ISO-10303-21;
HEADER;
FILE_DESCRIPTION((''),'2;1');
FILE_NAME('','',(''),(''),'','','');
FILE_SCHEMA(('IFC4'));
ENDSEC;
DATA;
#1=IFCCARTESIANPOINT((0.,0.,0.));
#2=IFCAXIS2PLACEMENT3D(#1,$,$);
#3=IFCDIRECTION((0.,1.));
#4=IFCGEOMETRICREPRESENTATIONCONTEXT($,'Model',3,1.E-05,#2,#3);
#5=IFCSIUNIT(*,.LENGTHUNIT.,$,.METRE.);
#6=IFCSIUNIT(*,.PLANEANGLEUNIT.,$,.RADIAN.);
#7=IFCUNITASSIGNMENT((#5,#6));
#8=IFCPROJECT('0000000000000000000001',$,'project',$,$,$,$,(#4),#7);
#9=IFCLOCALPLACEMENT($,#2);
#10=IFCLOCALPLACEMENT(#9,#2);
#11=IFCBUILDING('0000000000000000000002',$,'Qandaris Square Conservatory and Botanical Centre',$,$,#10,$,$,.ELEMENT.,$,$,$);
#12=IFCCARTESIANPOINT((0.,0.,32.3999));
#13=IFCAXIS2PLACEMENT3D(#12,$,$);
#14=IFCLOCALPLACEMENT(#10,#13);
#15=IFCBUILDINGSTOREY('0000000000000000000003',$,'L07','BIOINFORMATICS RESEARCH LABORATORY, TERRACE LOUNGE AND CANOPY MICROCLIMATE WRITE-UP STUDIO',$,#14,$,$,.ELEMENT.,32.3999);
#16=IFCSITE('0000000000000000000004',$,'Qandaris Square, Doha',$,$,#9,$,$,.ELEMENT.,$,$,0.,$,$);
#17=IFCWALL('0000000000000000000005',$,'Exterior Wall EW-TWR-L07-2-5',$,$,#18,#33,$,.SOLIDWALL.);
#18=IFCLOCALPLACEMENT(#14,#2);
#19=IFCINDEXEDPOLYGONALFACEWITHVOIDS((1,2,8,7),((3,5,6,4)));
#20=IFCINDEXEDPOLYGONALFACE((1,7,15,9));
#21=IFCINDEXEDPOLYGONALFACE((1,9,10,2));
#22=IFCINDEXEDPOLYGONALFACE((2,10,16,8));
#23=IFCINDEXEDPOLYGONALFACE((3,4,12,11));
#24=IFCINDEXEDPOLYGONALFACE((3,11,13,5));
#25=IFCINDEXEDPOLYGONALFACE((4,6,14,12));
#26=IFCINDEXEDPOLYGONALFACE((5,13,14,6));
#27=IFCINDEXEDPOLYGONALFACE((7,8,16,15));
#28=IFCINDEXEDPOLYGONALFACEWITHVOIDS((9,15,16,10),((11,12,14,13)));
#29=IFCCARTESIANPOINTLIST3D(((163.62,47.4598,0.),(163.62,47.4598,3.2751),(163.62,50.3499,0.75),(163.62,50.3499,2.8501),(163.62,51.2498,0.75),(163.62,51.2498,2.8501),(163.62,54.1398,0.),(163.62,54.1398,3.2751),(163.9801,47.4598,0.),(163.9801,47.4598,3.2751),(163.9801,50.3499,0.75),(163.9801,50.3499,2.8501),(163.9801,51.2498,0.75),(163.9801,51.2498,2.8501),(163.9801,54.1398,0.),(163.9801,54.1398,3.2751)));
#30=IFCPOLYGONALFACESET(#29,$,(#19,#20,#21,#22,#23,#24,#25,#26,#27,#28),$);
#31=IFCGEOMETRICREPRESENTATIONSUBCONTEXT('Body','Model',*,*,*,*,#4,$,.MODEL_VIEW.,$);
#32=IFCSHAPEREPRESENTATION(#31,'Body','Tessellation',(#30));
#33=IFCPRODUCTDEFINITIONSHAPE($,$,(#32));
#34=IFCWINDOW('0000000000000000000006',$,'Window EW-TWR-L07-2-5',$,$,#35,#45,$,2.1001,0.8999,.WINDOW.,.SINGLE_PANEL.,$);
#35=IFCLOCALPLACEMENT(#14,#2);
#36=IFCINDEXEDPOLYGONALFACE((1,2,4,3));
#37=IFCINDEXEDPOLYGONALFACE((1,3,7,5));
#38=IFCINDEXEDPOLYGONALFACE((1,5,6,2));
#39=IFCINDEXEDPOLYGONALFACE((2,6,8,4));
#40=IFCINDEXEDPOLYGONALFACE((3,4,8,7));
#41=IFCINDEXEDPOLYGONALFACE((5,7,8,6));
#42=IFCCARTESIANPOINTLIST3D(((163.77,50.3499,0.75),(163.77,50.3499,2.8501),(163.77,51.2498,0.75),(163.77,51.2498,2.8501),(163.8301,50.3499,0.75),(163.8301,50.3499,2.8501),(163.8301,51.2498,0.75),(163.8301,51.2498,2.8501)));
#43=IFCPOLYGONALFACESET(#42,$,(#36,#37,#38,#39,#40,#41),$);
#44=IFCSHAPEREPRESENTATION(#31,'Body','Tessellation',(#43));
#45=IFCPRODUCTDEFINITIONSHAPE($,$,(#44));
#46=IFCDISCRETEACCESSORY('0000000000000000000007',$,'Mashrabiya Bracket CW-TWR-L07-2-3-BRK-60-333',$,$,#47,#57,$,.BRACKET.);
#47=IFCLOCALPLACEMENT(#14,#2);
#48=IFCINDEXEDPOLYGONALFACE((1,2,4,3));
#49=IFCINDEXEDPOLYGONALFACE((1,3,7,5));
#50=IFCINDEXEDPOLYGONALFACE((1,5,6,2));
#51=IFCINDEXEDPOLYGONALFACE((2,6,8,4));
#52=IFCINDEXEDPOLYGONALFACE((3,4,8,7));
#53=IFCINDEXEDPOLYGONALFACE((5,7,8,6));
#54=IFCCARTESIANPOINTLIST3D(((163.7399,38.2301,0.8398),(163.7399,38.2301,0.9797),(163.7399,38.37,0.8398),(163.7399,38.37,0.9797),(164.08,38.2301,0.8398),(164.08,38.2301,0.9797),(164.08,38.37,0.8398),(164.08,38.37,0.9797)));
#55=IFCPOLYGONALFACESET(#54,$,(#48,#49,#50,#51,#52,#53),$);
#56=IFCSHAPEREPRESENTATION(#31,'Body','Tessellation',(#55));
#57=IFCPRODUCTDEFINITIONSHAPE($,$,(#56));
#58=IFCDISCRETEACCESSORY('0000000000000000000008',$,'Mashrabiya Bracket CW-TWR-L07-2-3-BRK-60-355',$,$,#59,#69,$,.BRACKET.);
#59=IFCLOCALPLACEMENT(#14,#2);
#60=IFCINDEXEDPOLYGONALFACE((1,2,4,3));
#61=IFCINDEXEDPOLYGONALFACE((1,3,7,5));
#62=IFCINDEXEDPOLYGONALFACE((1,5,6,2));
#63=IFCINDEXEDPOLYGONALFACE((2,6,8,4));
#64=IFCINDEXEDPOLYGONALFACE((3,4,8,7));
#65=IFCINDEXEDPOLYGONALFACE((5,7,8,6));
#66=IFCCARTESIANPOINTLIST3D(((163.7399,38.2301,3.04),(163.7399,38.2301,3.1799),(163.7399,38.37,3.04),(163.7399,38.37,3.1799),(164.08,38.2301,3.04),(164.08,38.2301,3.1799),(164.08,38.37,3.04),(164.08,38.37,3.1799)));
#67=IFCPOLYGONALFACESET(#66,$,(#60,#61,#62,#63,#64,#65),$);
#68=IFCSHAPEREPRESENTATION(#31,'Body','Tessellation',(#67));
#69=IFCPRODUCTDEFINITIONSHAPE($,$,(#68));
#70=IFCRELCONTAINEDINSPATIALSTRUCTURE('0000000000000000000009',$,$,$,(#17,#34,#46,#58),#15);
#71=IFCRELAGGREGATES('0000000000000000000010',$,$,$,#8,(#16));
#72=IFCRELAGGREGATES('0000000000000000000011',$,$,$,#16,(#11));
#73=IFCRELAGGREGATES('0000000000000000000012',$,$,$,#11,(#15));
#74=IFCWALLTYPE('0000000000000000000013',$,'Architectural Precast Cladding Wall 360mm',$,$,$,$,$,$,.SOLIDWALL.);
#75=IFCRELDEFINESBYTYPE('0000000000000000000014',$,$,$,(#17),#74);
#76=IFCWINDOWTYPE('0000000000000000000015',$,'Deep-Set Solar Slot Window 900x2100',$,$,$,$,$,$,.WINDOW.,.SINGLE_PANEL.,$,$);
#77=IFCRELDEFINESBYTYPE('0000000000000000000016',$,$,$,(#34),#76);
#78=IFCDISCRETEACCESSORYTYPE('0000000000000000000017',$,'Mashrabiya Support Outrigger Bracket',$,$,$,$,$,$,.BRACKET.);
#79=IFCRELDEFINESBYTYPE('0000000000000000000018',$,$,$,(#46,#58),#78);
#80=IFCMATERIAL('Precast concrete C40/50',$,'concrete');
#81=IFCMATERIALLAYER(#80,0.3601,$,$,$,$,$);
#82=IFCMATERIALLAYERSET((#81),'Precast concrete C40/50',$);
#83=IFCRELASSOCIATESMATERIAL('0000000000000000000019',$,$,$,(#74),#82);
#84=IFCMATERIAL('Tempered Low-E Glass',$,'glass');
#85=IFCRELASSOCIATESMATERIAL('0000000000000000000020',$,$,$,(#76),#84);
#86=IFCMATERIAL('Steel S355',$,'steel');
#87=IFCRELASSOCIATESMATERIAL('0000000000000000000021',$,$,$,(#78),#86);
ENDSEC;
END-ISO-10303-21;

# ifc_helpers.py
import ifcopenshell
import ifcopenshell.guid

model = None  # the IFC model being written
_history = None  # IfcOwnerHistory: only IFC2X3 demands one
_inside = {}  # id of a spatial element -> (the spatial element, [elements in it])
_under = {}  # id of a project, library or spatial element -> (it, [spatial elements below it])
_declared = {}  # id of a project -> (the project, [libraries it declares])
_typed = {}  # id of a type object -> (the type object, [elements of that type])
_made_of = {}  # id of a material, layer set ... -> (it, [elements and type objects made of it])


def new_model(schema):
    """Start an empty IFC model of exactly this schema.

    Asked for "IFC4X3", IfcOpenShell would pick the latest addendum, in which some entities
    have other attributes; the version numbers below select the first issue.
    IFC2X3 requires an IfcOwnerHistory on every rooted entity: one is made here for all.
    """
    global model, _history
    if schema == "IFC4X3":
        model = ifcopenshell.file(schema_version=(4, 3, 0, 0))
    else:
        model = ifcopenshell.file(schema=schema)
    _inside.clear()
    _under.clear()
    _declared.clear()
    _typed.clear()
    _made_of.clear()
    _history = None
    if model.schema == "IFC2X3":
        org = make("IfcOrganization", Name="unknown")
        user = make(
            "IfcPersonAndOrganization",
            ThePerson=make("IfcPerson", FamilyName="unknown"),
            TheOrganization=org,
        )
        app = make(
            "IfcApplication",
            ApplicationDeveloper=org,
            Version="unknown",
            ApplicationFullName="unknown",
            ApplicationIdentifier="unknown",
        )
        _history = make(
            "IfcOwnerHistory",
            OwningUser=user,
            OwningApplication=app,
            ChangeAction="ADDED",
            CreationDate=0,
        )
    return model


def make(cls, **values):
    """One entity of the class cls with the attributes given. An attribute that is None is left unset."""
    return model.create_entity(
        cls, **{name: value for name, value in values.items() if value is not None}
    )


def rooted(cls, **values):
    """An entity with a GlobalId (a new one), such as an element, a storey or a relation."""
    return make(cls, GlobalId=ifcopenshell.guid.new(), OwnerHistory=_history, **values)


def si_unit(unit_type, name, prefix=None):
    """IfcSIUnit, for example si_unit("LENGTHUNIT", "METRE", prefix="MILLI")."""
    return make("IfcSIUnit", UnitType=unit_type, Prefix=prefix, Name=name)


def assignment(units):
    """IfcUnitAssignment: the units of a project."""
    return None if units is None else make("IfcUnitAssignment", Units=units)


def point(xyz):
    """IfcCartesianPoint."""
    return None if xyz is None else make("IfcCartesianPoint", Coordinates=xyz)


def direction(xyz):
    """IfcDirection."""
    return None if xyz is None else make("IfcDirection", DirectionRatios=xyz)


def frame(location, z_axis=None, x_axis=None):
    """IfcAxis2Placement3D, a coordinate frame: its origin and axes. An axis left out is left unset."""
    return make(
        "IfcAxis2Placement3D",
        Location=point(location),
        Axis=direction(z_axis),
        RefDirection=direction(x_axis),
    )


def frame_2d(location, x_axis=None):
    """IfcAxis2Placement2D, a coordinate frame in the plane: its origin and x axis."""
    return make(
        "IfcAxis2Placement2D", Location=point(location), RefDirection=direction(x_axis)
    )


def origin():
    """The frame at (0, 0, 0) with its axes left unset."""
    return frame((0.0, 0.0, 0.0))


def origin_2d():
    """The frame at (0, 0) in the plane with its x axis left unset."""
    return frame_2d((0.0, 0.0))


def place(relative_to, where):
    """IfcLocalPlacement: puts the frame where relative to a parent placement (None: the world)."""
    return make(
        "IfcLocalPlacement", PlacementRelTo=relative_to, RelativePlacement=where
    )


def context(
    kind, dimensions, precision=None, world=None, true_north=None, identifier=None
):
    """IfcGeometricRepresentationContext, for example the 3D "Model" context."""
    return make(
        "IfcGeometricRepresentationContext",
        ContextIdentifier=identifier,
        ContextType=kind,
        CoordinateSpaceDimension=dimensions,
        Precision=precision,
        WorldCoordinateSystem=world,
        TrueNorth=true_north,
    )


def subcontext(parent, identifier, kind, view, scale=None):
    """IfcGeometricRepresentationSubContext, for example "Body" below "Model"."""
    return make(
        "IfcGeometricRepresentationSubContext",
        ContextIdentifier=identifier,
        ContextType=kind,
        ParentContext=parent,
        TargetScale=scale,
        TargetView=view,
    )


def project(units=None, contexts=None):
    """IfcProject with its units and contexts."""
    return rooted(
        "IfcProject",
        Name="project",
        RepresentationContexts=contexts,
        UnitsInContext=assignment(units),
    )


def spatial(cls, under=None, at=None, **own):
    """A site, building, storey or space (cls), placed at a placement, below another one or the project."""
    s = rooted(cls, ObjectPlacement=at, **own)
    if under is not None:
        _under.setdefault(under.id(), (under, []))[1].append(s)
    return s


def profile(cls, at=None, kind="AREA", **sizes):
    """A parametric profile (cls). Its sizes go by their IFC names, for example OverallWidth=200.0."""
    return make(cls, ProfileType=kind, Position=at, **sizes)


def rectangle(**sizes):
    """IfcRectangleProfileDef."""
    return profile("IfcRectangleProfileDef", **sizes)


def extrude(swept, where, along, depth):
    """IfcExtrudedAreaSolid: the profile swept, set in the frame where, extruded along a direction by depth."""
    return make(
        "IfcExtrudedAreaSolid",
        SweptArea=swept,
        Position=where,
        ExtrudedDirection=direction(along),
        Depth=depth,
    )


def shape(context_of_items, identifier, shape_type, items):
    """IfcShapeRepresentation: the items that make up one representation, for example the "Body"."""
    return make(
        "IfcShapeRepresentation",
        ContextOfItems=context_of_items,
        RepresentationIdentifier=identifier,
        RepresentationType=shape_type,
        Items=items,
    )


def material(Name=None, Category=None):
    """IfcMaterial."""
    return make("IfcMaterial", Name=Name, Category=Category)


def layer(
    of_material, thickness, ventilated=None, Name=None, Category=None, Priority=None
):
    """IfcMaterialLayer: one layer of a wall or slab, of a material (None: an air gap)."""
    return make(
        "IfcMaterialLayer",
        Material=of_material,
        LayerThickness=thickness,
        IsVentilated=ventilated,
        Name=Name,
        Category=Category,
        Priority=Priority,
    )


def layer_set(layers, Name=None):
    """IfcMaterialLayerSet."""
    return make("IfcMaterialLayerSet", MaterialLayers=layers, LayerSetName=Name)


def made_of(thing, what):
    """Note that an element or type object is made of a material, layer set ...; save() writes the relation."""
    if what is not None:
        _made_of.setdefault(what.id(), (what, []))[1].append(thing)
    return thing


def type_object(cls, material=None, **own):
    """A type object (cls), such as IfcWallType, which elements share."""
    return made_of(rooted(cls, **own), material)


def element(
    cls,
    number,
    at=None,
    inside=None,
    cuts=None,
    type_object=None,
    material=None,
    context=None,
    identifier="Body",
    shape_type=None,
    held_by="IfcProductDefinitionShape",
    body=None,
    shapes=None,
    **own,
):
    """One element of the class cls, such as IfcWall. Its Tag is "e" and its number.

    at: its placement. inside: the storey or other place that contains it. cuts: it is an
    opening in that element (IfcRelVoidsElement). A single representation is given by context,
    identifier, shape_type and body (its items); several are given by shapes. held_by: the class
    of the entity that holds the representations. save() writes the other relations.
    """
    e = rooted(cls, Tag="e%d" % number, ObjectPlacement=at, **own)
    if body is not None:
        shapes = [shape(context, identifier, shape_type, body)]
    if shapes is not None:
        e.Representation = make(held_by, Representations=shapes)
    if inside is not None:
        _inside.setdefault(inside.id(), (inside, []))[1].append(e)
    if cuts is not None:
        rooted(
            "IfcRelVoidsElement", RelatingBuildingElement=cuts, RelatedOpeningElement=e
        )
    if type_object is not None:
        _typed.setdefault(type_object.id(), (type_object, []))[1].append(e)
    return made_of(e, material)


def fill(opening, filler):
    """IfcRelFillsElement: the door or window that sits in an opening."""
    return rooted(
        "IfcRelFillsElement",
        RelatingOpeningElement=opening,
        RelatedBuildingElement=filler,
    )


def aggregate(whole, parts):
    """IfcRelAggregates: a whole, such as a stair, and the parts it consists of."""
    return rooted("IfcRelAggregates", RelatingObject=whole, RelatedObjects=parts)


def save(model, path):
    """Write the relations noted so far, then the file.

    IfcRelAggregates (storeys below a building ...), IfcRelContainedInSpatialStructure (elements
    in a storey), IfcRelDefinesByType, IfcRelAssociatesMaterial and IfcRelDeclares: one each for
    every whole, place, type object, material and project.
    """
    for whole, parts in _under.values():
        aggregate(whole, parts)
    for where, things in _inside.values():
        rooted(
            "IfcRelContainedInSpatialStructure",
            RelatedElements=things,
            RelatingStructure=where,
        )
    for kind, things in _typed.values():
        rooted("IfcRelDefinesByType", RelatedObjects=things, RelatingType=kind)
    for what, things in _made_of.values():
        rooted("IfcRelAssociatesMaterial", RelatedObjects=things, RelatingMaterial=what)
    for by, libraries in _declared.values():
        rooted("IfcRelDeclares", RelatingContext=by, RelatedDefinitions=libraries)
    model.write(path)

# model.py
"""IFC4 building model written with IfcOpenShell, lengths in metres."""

from ifc_helpers import new_model, si_unit, direction, frame, frame_2d, origin, origin_2d, place, context, subcontext, project, spatial, rectangle, extrude, material, layer, layer_set, type_object, element, fill, save


model = new_model("IFC4")

# Units and contexts
model_context = context("Model", 3, precision=1e-05, world=origin(), true_north=direction((0.0, 1.0)))
body_context = subcontext(model_context, "Body", "Model", "MODEL_VIEW")
ifc_project = project(units=[si_unit("LENGTHUNIT", "METRE"), si_unit("PLANEANGLEUNIT", "RADIAN")], contexts=[model_context])

# Site, building, storey
site_placement = place(None, origin())
site = spatial("IfcSite", under=ifc_project, at=site_placement, Name="Qandaris Square, Doha", CompositionType="ELEMENT", RefElevation=0.0)
building_placement = place(site_placement, origin())
building = spatial("IfcBuilding", under=site, at=building_placement, Name="Qandaris Square Conservatory and Botanical Centre", CompositionType="ELEMENT")
storey_placement = place(building_placement, frame((0.0, 0.0, 32.3999)))
storey = spatial("IfcBuildingStorey", under=building, at=storey_placement, Name="L07", Description="BIOINFORMATICS RESEARCH LABORATORY, TERRACE LOUNGE AND CANOPY MICROCLIMATE WRITE-UP STUDIO", CompositionType="ELEMENT", Elevation=32.3999)

# Shared definitions
ifc_material_1 = material(Name="Steel S355", Category="steel")

# Shared definitions
ifc_material_2 = material(Name="Tempered Low-E Glass", Category="glass")

# Wall, opening, window
ifc_material_3 = material(Name="Precast concrete C40/50", Category="concrete")
ifc_layer_1 = layer(ifc_material_3, 0.3601)
ifc_layer_set_1 = layer_set([ifc_layer_1], Name="Precast concrete C40/50")
wall_type = type_object("IfcWallType", Name="Architectural Precast Cladding Wall 360mm", PredefinedType="SOLIDWALL", material=ifc_layer_set_1)
wall_1_placement = place(storey_placement, frame((163.8, 47.46, 0.0), z_axis=(0.0, 0.0, 1.0), x_axis=(0.0, 1.0, 0.0)))
wall_1 = element("IfcWall", 1, at=wall_1_placement, inside=storey, type_object=wall_type, Name="Exterior Wall EW-TWR-L07-2-5", PredefinedType="SOLIDWALL", context=body_context, shape_type="SweptSolid", body=[
    extrude(rectangle(XDim=6.6799, YDim=0.3601, at=frame_2d((3.3398, 0.0))), origin(), (0.0, 0.0, 1.0), 3.2751),
])
opening_1_placement = place(wall_1_placement, frame((2.8899, 0.0, 0.75)))
opening_1 = element("IfcOpeningElement", 2, at=opening_1_placement, cuts=wall_1, PredefinedType="OPENING", context=body_context, shape_type="SweptSolid", body=[
    extrude(rectangle(XDim=0.8999, YDim=2.1001, at=frame_2d((0.45, 1.05))), frame((0.0, 0.1919, 0.0), z_axis=(0.0, -1.0, 0.0), x_axis=(1.0, 0.0, 0.0)), (0.0, 0.0, 1.0), 0.384),
])
window_type_1 = type_object("IfcWindowType", Name="Deep-Set Solar Slot Window 900x2100", PartitioningType="SINGLE_PANEL", PredefinedType="WINDOW", material=ifc_material_2)
window_1_placement = place(opening_1_placement, origin())
window_1 = element("IfcWindow", 3, at=window_1_placement, inside=storey, type_object=window_type_1, Name="Window EW-TWR-L07-2-5", OverallHeight=2.1001, OverallWidth=0.8999, PartitioningType="SINGLE_PANEL", PredefinedType="WINDOW", context=body_context, shape_type="SweptSolid", body=[
    extrude(rectangle(XDim=0.8999, YDim=2.1001, at=frame_2d((0.45, 1.05))), frame((0.0, 0.03, 0.0), z_axis=(0.0, -1.0, 0.0), x_axis=(1.0, 0.0, 0.0)), (0.0, 0.0, 1.0), 0.0601),
])
fill(opening_1, window_1)

# Discrete accessories
discrete_accessory_type = type_object("IfcDiscreteAccessoryType", Name="Mashrabiya Support Outrigger Bracket", PredefinedType="BRACKET", material=ifc_material_1)
for number, where, z_axis, x_axis, name in (
    (4, (163.9099, 38.3, 0.8398), (0.0, 0.0, 1.0), (0.0, 1.0, 0.0), "Mashrabiya Bracket CW-TWR-L07-2-3-BRK-60-333"),
    (5, (163.9099, 38.3, 3.04), (0.0, 0.0, 1.0), (0.0, 1.0, 0.0), "Mashrabiya Bracket CW-TWR-L07-2-3-BRK-60-355"),
):
    element("IfcDiscreteAccessory", number, at=place(storey_placement, frame(where, z_axis=z_axis, x_axis=x_axis)), inside=storey, type_object=discrete_accessory_type, Name=name, PredefinedType="BRACKET", context=body_context, shape_type="SweptSolid", body=[
        extrude(rectangle(XDim=0.1399, YDim=0.3401, at=origin_2d()), origin(), (0.0, 0.0, 1.0), 0.1399),
    ])

save(model, "model.ifc")
